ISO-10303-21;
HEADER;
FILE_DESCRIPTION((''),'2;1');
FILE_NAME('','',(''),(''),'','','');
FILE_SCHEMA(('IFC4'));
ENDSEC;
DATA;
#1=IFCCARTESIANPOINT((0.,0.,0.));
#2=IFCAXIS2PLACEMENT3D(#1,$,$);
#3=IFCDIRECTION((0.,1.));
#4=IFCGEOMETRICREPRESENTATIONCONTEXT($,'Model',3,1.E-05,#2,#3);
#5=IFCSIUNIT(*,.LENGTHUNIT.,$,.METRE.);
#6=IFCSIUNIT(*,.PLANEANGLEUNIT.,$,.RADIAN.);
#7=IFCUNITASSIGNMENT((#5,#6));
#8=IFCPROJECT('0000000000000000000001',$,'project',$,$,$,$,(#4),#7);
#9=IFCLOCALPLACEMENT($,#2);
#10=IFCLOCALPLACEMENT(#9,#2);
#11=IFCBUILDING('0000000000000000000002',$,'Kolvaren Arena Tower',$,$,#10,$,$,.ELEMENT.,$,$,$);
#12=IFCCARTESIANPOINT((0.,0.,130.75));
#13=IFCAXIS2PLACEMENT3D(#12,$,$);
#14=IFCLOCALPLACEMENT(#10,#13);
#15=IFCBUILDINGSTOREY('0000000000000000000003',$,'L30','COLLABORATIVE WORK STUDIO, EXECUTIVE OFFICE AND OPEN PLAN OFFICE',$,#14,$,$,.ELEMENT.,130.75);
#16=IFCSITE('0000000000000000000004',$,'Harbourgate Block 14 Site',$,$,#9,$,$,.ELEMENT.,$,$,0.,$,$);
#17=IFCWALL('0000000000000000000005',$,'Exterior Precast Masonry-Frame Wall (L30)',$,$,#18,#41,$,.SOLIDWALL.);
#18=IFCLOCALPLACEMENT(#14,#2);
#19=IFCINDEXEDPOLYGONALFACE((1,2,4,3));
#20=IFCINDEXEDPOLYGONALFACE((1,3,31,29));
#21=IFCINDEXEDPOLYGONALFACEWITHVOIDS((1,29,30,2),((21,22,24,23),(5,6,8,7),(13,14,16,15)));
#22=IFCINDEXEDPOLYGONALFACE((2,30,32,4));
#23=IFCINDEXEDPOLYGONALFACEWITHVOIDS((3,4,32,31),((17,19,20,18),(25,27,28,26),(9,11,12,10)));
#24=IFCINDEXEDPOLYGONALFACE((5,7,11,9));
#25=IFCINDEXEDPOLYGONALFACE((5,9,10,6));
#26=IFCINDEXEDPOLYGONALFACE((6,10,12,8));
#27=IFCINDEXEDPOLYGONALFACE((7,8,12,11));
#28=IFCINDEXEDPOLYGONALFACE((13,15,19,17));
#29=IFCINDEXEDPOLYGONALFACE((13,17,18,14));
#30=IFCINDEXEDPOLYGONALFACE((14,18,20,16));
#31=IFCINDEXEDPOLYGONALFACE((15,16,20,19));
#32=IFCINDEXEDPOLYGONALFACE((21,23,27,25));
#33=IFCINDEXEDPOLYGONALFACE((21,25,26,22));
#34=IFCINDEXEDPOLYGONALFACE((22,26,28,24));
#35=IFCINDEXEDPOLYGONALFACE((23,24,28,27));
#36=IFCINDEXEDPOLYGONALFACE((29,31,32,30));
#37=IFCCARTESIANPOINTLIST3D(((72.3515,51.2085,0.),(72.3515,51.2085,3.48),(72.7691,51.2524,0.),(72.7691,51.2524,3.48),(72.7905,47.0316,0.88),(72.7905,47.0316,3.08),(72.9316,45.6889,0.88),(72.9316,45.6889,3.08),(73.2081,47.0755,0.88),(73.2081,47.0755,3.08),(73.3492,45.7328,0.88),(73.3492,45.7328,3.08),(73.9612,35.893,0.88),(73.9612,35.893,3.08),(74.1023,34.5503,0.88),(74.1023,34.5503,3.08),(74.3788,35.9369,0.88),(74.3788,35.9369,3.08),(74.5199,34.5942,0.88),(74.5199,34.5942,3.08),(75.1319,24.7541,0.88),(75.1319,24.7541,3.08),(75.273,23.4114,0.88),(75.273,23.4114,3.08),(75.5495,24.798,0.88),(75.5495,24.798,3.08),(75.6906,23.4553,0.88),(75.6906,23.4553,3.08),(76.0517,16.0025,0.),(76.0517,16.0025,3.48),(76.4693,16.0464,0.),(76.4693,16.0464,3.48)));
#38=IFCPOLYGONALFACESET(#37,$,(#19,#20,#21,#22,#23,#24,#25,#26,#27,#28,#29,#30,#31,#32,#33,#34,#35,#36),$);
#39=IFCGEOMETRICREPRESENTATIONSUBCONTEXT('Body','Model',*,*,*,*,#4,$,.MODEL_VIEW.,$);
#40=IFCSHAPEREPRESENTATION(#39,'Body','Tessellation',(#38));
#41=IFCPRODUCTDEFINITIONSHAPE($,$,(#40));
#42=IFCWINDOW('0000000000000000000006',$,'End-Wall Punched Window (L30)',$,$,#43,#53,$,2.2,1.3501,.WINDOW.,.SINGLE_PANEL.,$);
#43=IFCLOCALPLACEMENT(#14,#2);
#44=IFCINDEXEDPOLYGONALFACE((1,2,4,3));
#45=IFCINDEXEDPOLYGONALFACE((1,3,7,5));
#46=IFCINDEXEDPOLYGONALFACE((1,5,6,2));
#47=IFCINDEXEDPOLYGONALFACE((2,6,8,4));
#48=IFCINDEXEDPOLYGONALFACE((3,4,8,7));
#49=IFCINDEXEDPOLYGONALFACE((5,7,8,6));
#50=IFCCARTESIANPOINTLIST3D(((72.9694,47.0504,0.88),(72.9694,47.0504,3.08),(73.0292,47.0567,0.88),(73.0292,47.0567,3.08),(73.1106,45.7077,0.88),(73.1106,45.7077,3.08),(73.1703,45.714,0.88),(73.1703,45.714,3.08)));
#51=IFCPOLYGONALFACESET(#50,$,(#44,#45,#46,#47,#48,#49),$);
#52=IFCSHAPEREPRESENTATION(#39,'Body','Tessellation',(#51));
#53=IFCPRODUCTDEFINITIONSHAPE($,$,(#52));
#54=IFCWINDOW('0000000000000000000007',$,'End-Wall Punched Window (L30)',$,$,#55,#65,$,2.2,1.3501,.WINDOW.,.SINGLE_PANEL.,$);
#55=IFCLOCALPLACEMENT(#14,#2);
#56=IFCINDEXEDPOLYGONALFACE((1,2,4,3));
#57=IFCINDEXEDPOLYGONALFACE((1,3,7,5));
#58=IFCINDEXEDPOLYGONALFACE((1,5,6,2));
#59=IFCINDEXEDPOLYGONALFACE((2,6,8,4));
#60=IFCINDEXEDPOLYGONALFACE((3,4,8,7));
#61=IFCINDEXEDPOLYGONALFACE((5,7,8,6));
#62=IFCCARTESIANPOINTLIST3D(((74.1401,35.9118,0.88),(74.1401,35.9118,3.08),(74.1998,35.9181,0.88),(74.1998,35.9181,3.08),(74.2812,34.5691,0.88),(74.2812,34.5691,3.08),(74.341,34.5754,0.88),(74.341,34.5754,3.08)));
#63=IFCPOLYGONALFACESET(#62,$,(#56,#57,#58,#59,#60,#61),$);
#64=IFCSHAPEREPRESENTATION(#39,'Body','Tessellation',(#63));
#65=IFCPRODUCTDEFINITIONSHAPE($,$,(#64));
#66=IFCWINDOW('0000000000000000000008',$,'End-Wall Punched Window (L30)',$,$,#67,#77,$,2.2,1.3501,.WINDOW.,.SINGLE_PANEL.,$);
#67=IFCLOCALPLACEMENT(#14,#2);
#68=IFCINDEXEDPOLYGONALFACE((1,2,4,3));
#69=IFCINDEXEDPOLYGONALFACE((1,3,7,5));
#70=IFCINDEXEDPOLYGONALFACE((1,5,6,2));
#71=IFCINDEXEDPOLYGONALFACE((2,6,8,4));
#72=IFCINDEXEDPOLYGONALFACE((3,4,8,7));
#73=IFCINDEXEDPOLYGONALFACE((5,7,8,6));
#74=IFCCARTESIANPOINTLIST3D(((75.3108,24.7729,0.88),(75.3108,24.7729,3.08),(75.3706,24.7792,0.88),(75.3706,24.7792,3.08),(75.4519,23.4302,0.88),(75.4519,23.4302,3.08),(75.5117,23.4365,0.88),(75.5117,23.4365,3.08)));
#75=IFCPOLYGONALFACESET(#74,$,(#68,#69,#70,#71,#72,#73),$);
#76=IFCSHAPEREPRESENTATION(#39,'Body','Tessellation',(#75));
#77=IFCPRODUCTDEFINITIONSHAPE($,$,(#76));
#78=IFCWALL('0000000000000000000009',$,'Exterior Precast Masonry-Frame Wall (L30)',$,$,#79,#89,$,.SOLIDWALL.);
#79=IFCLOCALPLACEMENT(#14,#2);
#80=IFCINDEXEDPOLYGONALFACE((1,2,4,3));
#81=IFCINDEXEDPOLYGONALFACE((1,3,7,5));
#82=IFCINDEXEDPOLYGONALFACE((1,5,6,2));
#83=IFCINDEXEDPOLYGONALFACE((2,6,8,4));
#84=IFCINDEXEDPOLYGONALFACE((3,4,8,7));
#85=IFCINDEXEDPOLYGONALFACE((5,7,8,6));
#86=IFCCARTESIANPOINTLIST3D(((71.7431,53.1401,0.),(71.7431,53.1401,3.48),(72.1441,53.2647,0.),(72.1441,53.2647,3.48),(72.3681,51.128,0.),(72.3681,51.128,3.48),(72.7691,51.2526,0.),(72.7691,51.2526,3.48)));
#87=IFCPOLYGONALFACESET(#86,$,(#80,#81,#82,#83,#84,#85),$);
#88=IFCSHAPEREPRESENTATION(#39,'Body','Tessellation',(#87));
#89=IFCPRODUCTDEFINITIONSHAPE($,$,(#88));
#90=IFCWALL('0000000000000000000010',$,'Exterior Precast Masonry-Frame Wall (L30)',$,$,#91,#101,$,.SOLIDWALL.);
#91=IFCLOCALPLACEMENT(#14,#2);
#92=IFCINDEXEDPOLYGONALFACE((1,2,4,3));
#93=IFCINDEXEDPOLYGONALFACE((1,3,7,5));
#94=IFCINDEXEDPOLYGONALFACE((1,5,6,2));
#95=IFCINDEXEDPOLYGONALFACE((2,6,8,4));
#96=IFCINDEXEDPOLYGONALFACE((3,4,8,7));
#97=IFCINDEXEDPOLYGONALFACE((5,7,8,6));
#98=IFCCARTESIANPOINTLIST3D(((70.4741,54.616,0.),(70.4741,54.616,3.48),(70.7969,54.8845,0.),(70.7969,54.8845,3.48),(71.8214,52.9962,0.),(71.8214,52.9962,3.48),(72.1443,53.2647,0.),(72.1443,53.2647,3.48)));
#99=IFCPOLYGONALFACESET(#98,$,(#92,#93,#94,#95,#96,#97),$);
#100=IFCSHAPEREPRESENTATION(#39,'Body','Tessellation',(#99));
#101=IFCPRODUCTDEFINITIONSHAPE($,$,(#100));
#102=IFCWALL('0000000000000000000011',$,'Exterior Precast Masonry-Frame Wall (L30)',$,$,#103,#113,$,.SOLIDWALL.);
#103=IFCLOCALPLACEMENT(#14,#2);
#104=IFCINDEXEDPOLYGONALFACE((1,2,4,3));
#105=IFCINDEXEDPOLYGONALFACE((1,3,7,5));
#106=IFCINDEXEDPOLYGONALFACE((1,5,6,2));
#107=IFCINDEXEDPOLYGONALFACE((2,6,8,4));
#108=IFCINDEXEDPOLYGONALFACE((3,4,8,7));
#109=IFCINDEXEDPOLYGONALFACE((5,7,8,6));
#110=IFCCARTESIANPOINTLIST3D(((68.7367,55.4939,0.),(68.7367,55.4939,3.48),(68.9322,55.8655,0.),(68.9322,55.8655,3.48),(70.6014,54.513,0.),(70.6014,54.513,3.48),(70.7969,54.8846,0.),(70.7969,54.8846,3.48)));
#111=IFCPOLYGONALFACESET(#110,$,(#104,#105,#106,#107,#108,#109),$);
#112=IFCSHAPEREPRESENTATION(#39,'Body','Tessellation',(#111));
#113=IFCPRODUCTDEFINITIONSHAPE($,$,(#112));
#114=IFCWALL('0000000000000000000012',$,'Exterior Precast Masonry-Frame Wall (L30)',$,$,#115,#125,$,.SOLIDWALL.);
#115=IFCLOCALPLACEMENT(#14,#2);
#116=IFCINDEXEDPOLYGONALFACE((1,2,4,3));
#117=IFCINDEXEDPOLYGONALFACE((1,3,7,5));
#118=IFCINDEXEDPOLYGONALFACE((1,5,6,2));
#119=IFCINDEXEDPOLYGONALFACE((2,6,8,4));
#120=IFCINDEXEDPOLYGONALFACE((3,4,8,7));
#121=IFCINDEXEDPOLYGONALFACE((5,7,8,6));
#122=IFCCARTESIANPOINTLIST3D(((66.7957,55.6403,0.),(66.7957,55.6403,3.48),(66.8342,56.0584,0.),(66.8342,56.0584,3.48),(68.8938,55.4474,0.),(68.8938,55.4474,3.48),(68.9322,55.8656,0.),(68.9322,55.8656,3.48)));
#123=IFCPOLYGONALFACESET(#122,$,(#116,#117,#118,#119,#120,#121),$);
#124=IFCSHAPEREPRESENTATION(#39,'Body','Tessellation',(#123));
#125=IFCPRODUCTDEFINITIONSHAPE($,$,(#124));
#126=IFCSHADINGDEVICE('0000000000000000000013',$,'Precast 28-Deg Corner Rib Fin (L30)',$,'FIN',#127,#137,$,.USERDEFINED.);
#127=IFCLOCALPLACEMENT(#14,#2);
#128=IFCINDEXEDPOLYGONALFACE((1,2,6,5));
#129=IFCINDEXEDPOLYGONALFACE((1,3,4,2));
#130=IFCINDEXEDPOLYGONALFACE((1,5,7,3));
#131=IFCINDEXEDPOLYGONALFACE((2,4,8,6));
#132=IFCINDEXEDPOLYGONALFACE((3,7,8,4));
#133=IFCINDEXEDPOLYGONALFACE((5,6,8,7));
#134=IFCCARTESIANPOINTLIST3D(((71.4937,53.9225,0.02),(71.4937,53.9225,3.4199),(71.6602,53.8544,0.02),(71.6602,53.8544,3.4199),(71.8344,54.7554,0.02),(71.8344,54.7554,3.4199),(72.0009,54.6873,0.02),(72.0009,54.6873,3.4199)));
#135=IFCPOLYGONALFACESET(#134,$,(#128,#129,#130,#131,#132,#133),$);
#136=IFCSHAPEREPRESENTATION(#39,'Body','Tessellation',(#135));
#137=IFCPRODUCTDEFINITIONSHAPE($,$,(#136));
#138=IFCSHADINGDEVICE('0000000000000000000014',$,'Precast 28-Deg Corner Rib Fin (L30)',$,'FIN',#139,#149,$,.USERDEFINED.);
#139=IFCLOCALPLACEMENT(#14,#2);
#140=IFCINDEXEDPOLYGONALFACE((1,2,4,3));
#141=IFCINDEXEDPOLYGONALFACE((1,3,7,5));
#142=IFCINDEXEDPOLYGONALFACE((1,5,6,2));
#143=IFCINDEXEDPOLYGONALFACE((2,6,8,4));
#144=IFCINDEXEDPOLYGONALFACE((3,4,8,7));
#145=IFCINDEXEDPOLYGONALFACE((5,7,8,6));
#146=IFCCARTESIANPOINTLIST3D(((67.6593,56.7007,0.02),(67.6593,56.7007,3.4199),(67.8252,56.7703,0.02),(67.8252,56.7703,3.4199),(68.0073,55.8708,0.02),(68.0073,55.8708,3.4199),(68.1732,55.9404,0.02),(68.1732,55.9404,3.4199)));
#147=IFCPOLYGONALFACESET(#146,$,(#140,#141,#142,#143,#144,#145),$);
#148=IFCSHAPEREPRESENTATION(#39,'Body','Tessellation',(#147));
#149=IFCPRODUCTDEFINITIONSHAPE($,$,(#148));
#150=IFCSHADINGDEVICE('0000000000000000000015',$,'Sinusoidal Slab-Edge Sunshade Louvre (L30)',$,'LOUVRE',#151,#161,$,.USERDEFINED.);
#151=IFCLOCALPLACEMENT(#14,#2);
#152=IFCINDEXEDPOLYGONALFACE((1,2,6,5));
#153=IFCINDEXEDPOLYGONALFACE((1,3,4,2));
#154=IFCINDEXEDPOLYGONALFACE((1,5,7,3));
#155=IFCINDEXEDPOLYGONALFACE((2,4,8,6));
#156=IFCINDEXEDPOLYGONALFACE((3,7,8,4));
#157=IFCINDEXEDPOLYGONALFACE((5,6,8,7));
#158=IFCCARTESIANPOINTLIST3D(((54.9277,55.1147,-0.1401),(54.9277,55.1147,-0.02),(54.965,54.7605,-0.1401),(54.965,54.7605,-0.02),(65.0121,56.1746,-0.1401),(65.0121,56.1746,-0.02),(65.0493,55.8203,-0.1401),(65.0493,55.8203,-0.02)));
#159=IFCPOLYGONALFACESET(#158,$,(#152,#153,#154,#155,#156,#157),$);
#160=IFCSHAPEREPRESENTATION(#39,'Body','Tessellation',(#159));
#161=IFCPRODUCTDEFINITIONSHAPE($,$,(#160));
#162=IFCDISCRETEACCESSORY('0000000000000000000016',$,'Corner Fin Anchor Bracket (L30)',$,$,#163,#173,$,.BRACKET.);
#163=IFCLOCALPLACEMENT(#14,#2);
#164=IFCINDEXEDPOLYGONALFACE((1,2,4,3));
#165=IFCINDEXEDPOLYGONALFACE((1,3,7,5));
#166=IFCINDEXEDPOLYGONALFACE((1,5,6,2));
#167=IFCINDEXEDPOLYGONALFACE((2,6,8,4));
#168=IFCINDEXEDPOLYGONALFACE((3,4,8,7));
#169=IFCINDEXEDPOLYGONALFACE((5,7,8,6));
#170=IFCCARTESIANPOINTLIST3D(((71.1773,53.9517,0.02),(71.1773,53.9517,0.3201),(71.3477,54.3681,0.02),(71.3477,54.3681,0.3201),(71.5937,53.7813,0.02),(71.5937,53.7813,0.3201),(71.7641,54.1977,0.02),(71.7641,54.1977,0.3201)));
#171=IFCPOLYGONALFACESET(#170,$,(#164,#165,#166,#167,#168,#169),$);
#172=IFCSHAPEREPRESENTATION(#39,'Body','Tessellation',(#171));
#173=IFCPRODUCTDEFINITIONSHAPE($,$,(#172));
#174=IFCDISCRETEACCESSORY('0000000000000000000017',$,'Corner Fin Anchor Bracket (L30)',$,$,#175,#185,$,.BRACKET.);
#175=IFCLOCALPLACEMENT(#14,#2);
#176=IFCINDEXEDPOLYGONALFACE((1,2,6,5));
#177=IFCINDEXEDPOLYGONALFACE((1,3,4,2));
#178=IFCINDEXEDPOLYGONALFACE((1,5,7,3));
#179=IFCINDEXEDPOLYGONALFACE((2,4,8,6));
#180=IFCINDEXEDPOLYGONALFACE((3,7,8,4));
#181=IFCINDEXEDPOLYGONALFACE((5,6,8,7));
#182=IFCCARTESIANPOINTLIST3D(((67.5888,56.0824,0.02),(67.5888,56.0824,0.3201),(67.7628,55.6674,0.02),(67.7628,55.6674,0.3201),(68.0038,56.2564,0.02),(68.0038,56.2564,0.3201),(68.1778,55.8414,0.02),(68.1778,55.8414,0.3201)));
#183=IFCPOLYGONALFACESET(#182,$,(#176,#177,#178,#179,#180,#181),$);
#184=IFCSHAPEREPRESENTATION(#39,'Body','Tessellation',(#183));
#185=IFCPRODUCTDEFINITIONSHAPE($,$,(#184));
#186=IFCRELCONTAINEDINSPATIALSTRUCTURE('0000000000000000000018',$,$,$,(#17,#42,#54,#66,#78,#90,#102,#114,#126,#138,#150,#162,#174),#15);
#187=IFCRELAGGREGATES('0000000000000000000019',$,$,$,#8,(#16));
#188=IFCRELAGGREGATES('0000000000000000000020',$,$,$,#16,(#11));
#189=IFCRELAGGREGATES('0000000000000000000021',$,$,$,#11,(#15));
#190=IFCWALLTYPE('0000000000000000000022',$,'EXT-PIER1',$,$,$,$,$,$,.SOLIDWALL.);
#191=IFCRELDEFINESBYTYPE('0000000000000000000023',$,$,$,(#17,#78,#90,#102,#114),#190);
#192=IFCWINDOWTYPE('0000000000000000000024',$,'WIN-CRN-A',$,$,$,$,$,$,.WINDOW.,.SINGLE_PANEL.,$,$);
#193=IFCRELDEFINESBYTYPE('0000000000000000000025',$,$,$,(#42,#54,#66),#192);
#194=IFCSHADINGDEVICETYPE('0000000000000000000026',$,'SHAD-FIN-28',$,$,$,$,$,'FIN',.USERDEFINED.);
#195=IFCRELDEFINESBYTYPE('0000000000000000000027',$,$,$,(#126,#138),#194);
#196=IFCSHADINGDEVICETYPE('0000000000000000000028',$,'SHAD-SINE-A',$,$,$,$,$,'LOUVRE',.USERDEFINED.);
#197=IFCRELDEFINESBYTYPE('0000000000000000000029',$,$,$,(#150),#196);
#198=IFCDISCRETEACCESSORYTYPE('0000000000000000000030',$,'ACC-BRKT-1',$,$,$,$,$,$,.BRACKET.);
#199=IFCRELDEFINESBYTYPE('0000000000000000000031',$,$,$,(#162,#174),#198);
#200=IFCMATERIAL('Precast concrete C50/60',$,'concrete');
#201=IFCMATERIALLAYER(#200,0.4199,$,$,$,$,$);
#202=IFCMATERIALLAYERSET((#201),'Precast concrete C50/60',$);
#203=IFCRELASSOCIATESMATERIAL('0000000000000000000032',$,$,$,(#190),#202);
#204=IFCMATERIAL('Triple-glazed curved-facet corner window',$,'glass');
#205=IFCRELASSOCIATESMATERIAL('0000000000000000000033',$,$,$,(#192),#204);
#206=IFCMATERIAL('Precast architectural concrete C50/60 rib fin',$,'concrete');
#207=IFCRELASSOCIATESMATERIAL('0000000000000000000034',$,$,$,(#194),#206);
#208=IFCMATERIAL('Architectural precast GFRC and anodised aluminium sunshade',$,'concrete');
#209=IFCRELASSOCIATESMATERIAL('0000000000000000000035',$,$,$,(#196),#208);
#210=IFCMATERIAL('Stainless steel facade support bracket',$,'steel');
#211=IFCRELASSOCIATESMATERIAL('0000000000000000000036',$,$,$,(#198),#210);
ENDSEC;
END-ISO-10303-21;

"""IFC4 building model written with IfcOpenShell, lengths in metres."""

from ifc_helpers import new_model, si_unit, direction, frame, frame_2d, origin, origin_2d, place, context, subcontext, project, spatial, rectangle, extrude, material, layer, layer_set, type_object, element, fill, save


model = new_model("IFC4")

# Units and contexts
model_context = context("Model", 3, precision=1e-05, world=origin(), true_north=direction((0.0, 1.0)))
body_context = subcontext(model_context, "Body", "Model", "MODEL_VIEW")
ifc_project = project(units=[si_unit("LENGTHUNIT", "METRE"), si_unit("PLANEANGLEUNIT", "RADIAN")], contexts=[model_context])

# Site, building, storey
site_placement = place(None, origin())
site = spatial("IfcSite", under=ifc_project, at=site_placement, Name="Harbourgate Block 14 Site", CompositionType="ELEMENT", RefElevation=0.0)
building_placement = place(site_placement, origin())
building = spatial("IfcBuilding", under=site, at=building_placement, Name="Kolvaren Arena Tower", CompositionType="ELEMENT")
storey_placement = place(building_placement, frame((0.0, 0.0, 130.75)))
storey = spatial("IfcBuildingStorey", under=building, at=storey_placement, Name="L30", Description="COLLABORATIVE WORK STUDIO, EXECUTIVE OFFICE AND OPEN PLAN OFFICE", CompositionType="ELEMENT", Elevation=130.75)

# Wall, openings, windows
ifc_material_1 = material(Name="Precast concrete C50/60", Category="concrete")
ifc_layer = layer(ifc_material_1, 0.4199)
ifc_layer_set = layer_set([ifc_layer], Name="Precast concrete C50/60")
wall_type = type_object("IfcWallType", Name="EXT-PIER1", PredefinedType="SOLIDWALL", material=ifc_layer_set)
wall_placement = place(storey_placement, frame((72.5603, 51.2305, 0.0), z_axis=(0.0, 0.0, 1.0), x_axis=(0.104525, -0.994522, 0.0)))
wall = element("IfcWall", 1, at=wall_placement, inside=storey, type_object=wall_type, Name="Exterior Precast Masonry-Frame Wall (L30)", PredefinedType="SOLIDWALL", context=body_context, shape_type="SweptSolid", body=[
    extrude(rectangle(XDim=35.3999, YDim=0.4199, at=frame_2d((17.7, 0.0))), origin(), (0.0, 0.0, 1.0), 3.48),
])
opening_1_placement = place(wall_placement, frame((4.2, 0.0, 0.8799)))
opening_1 = element("IfcOpeningElement", 2, at=opening_1_placement, cuts=wall, PredefinedType="OPENING", context=body_context, shape_type="SweptSolid", body=[
    extrude(rectangle(XDim=1.3501, YDim=2.2, at=frame_2d((0.675, 1.1001))), frame((0.0, 0.22, 0.0), z_axis=(0.0, -1.0, 0.0), x_axis=(1.0, 0.0, 0.0)), (0.0, 0.0, 1.0), 0.4399),
])
opening_2_placement = place(wall_placement, frame((15.3999, 0.0, 0.8799)))
opening_2 = element("IfcOpeningElement", 3, at=opening_2_placement, cuts=wall, PredefinedType="OPENING", context=body_context, shape_type="SweptSolid", body=[
    extrude(rectangle(XDim=1.3501, YDim=2.2, at=frame_2d((0.675, 1.1001))), frame((0.0, 0.22, 0.0), z_axis=(0.0, -1.0, 0.0), x_axis=(1.0, 0.0, 0.0)), (0.0, 0.0, 1.0), 0.4399),
])
opening_3_placement = place(wall_placement, frame((26.6001, 0.0, 0.8799)))
opening_3 = element("IfcOpeningElement", 4, at=opening_3_placement, cuts=wall, PredefinedType="OPENING", context=body_context, shape_type="SweptSolid", body=[
    extrude(rectangle(XDim=1.3501, YDim=2.2, at=frame_2d((0.675, 1.1001))), frame((0.0, 0.22, 0.0), z_axis=(0.0, -1.0, 0.0), x_axis=(1.0, 0.0, 0.0)), (0.0, 0.0, 1.0), 0.4399),
])
ifc_material_2 = material(Name="Triple-glazed curved-facet corner window", Category="glass")
window_type = type_object("IfcWindowType", Name="WIN-CRN-A", PartitioningType="SINGLE_PANEL", PredefinedType="WINDOW", material=ifc_material_2)
window_1_placement = place(opening_1_placement, origin())
window_1 = element("IfcWindow", 5, at=window_1_placement, inside=storey, type_object=window_type, Name="End-Wall Punched Window (L30)", OverallHeight=2.2, OverallWidth=1.3501, PartitioningType="SINGLE_PANEL", PredefinedType="WINDOW", context=body_context, shape_type="SweptSolid", body=[
    extrude(rectangle(XDim=1.3501, YDim=2.2, at=frame_2d((0.675, 1.1001))), frame((0.0, 0.03, 0.0), z_axis=(0.0, -1.0, 0.0), x_axis=(1.0, 0.0, 0.0)), (0.0, 0.0, 1.0), 0.0601),
])
fill(opening_1, window_1)
window_2_placement = place(opening_2_placement, origin())
window_2 = element("IfcWindow", 6, at=window_2_placement, inside=storey, type_object=window_type, Name="End-Wall Punched Window (L30)", OverallHeight=2.2, OverallWidth=1.3501, PartitioningType="SINGLE_PANEL", PredefinedType="WINDOW", context=body_context, shape_type="SweptSolid", body=[
    extrude(rectangle(XDim=1.3501, YDim=2.2, at=frame_2d((0.675, 1.1001))), frame((0.0, 0.03, 0.0), z_axis=(0.0, -1.0, 0.0), x_axis=(1.0, 0.0, 0.0)), (0.0, 0.0, 1.0), 0.0601),
])
fill(opening_2, window_2)
window_3_placement = place(opening_3_placement, origin())
window_3 = element("IfcWindow", 7, at=window_3_placement, inside=storey, type_object=window_type, Name="End-Wall Punched Window (L30)", OverallHeight=2.2, OverallWidth=1.3501, PartitioningType="SINGLE_PANEL", PredefinedType="WINDOW", context=body_context, shape_type="SweptSolid", body=[
    extrude(rectangle(XDim=1.3501, YDim=2.2, at=frame_2d((0.675, 1.1001))), frame((0.0, 0.03, 0.0), z_axis=(0.0, -1.0, 0.0), x_axis=(1.0, 0.0, 0.0)), (0.0, 0.0, 1.0), 0.0601),
])
fill(opening_3, window_3)

# Walls
for number, where, z_axis, x_axis, name in (
    (8, (71.9436, 53.2024, 0.0), (0.0, 0.0, 1.0), (0.296625, -0.954994, 0.0), "Exterior Precast Masonry-Frame Wall (L30)"),
    (9, (70.6355, 54.7502, 0.0), (0.0, 0.0, 1.0), (0.639489, -0.7688, 0.0), "Exterior Precast Masonry-Frame Wall (L30)"),
    (10, (68.8345, 55.6797, 0.0), (0.0, 0.0, 1.0), (0.885014, -0.465565, 0.0), "Exterior Precast Masonry-Frame Wall (L30)"),
    (11, (66.8149, 55.8494, 0.0), (0.0, 0.0, 1.0), (0.995802, -0.091539, 0.0), "Exterior Precast Masonry-Frame Wall (L30)"),
):
    element("IfcWall", number, at=place(storey_placement, frame(where, z_axis=z_axis, x_axis=x_axis)), inside=storey, type_object=wall_type, Name=name, PredefinedType="SOLIDWALL", context=body_context, shape_type="SweptSolid", body=[
        extrude(rectangle(XDim=2.1069, YDim=0.4199, at=frame_2d((1.0535, 0.0))), origin(), (0.0, 0.0, 1.0), 3.48),
    ])

# Shading devices
ifc_material_3 = material(Name="Precast architectural concrete C50/60 rib fin", Category="concrete")
shading_device_type_1 = type_object("IfcShadingDeviceType", Name="SHAD-FIN-28", ElementType="FIN", PredefinedType="USERDEFINED", material=ifc_material_3)
for number, where, z_axis, x_axis, name in (
    (12, (71.7473, 54.3049, 0.02), (0.0, 0.0, 1.0), (0.378634, 0.925546, 0.0), "Precast 28-Deg Corner Rib Fin (L30)"),
    (13, (67.9163, 56.3206, 0.02), (0.0, 0.0, 1.0), (-0.386706, 0.922203, 0.0), "Precast 28-Deg Corner Rib Fin (L30)"),
):
    element("IfcShadingDevice", number, at=place(storey_placement, frame(where, z_axis=z_axis, x_axis=x_axis)), inside=storey, type_object=shading_device_type_1, Name=name, ObjectType="FIN", PredefinedType="USERDEFINED", context=body_context, shape_type="SweptSolid", body=[
        extrude(rectangle(XDim=0.8999, YDim=0.1799, at=origin_2d()), origin(), (0.0, 0.0, 1.0), 3.3999),
    ])
ifc_material_4 = material(Name="Architectural precast GFRC and anodised aluminium sunshade", Category="concrete")
shading_device_type_2 = type_object("IfcShadingDeviceType", Name="SHAD-SINE-A", ElementType="LOUVRE", PredefinedType="USERDEFINED", material=ifc_material_4)
shading_device_placement = place(storey_placement, frame((59.9885, 55.4675, -0.1401), z_axis=(0.0, 0.0, 1.0), x_axis=(0.994522, 0.104527, 0.0)))
element("IfcShadingDevice", 14, at=shading_device_placement, inside=storey, type_object=shading_device_type_2, Name="Sinusoidal Slab-Edge Sunshade Louvre (L30)", ObjectType="LOUVRE", PredefinedType="USERDEFINED", context=body_context, shape_type="SweptSolid", body=[
    extrude(rectangle(XDim=10.1399, YDim=0.3562, at=origin_2d()), origin(), (0.0, 0.0, 1.0), 0.1201),
])

# Discrete accessories
ifc_material_5 = material(Name="Stainless steel facade support bracket", Category="steel")
discrete_accessory_type = type_object("IfcDiscreteAccessoryType", Name="ACC-BRKT-1", PredefinedType="BRACKET", material=ifc_material_5)
for number, where, z_axis, x_axis, name in (
    (15, (71.4707, 54.0747, 0.02), (0.0, 0.0, 1.0), (0.378634, 0.925546, 0.0), "Corner Fin Anchor Bracket (L30)"),
    (16, (67.8833, 55.9619, 0.02), (0.0, 0.0, 1.0), (-0.386706, 0.922203, 0.0), "Corner Fin Anchor Bracket (L30)"),
):
    element("IfcDiscreteAccessory", number, at=place(storey_placement, frame(where, z_axis=z_axis, x_axis=x_axis)), inside=storey, type_object=discrete_accessory_type, Name=name, PredefinedType="BRACKET", context=body_context, shape_type="SweptSolid", body=[
        extrude(rectangle(XDim=0.45, YDim=0.45, at=origin_2d()), origin(), (0.0, 0.0, 1.0), 0.3),
    ])

save(model, "model.ifc")
